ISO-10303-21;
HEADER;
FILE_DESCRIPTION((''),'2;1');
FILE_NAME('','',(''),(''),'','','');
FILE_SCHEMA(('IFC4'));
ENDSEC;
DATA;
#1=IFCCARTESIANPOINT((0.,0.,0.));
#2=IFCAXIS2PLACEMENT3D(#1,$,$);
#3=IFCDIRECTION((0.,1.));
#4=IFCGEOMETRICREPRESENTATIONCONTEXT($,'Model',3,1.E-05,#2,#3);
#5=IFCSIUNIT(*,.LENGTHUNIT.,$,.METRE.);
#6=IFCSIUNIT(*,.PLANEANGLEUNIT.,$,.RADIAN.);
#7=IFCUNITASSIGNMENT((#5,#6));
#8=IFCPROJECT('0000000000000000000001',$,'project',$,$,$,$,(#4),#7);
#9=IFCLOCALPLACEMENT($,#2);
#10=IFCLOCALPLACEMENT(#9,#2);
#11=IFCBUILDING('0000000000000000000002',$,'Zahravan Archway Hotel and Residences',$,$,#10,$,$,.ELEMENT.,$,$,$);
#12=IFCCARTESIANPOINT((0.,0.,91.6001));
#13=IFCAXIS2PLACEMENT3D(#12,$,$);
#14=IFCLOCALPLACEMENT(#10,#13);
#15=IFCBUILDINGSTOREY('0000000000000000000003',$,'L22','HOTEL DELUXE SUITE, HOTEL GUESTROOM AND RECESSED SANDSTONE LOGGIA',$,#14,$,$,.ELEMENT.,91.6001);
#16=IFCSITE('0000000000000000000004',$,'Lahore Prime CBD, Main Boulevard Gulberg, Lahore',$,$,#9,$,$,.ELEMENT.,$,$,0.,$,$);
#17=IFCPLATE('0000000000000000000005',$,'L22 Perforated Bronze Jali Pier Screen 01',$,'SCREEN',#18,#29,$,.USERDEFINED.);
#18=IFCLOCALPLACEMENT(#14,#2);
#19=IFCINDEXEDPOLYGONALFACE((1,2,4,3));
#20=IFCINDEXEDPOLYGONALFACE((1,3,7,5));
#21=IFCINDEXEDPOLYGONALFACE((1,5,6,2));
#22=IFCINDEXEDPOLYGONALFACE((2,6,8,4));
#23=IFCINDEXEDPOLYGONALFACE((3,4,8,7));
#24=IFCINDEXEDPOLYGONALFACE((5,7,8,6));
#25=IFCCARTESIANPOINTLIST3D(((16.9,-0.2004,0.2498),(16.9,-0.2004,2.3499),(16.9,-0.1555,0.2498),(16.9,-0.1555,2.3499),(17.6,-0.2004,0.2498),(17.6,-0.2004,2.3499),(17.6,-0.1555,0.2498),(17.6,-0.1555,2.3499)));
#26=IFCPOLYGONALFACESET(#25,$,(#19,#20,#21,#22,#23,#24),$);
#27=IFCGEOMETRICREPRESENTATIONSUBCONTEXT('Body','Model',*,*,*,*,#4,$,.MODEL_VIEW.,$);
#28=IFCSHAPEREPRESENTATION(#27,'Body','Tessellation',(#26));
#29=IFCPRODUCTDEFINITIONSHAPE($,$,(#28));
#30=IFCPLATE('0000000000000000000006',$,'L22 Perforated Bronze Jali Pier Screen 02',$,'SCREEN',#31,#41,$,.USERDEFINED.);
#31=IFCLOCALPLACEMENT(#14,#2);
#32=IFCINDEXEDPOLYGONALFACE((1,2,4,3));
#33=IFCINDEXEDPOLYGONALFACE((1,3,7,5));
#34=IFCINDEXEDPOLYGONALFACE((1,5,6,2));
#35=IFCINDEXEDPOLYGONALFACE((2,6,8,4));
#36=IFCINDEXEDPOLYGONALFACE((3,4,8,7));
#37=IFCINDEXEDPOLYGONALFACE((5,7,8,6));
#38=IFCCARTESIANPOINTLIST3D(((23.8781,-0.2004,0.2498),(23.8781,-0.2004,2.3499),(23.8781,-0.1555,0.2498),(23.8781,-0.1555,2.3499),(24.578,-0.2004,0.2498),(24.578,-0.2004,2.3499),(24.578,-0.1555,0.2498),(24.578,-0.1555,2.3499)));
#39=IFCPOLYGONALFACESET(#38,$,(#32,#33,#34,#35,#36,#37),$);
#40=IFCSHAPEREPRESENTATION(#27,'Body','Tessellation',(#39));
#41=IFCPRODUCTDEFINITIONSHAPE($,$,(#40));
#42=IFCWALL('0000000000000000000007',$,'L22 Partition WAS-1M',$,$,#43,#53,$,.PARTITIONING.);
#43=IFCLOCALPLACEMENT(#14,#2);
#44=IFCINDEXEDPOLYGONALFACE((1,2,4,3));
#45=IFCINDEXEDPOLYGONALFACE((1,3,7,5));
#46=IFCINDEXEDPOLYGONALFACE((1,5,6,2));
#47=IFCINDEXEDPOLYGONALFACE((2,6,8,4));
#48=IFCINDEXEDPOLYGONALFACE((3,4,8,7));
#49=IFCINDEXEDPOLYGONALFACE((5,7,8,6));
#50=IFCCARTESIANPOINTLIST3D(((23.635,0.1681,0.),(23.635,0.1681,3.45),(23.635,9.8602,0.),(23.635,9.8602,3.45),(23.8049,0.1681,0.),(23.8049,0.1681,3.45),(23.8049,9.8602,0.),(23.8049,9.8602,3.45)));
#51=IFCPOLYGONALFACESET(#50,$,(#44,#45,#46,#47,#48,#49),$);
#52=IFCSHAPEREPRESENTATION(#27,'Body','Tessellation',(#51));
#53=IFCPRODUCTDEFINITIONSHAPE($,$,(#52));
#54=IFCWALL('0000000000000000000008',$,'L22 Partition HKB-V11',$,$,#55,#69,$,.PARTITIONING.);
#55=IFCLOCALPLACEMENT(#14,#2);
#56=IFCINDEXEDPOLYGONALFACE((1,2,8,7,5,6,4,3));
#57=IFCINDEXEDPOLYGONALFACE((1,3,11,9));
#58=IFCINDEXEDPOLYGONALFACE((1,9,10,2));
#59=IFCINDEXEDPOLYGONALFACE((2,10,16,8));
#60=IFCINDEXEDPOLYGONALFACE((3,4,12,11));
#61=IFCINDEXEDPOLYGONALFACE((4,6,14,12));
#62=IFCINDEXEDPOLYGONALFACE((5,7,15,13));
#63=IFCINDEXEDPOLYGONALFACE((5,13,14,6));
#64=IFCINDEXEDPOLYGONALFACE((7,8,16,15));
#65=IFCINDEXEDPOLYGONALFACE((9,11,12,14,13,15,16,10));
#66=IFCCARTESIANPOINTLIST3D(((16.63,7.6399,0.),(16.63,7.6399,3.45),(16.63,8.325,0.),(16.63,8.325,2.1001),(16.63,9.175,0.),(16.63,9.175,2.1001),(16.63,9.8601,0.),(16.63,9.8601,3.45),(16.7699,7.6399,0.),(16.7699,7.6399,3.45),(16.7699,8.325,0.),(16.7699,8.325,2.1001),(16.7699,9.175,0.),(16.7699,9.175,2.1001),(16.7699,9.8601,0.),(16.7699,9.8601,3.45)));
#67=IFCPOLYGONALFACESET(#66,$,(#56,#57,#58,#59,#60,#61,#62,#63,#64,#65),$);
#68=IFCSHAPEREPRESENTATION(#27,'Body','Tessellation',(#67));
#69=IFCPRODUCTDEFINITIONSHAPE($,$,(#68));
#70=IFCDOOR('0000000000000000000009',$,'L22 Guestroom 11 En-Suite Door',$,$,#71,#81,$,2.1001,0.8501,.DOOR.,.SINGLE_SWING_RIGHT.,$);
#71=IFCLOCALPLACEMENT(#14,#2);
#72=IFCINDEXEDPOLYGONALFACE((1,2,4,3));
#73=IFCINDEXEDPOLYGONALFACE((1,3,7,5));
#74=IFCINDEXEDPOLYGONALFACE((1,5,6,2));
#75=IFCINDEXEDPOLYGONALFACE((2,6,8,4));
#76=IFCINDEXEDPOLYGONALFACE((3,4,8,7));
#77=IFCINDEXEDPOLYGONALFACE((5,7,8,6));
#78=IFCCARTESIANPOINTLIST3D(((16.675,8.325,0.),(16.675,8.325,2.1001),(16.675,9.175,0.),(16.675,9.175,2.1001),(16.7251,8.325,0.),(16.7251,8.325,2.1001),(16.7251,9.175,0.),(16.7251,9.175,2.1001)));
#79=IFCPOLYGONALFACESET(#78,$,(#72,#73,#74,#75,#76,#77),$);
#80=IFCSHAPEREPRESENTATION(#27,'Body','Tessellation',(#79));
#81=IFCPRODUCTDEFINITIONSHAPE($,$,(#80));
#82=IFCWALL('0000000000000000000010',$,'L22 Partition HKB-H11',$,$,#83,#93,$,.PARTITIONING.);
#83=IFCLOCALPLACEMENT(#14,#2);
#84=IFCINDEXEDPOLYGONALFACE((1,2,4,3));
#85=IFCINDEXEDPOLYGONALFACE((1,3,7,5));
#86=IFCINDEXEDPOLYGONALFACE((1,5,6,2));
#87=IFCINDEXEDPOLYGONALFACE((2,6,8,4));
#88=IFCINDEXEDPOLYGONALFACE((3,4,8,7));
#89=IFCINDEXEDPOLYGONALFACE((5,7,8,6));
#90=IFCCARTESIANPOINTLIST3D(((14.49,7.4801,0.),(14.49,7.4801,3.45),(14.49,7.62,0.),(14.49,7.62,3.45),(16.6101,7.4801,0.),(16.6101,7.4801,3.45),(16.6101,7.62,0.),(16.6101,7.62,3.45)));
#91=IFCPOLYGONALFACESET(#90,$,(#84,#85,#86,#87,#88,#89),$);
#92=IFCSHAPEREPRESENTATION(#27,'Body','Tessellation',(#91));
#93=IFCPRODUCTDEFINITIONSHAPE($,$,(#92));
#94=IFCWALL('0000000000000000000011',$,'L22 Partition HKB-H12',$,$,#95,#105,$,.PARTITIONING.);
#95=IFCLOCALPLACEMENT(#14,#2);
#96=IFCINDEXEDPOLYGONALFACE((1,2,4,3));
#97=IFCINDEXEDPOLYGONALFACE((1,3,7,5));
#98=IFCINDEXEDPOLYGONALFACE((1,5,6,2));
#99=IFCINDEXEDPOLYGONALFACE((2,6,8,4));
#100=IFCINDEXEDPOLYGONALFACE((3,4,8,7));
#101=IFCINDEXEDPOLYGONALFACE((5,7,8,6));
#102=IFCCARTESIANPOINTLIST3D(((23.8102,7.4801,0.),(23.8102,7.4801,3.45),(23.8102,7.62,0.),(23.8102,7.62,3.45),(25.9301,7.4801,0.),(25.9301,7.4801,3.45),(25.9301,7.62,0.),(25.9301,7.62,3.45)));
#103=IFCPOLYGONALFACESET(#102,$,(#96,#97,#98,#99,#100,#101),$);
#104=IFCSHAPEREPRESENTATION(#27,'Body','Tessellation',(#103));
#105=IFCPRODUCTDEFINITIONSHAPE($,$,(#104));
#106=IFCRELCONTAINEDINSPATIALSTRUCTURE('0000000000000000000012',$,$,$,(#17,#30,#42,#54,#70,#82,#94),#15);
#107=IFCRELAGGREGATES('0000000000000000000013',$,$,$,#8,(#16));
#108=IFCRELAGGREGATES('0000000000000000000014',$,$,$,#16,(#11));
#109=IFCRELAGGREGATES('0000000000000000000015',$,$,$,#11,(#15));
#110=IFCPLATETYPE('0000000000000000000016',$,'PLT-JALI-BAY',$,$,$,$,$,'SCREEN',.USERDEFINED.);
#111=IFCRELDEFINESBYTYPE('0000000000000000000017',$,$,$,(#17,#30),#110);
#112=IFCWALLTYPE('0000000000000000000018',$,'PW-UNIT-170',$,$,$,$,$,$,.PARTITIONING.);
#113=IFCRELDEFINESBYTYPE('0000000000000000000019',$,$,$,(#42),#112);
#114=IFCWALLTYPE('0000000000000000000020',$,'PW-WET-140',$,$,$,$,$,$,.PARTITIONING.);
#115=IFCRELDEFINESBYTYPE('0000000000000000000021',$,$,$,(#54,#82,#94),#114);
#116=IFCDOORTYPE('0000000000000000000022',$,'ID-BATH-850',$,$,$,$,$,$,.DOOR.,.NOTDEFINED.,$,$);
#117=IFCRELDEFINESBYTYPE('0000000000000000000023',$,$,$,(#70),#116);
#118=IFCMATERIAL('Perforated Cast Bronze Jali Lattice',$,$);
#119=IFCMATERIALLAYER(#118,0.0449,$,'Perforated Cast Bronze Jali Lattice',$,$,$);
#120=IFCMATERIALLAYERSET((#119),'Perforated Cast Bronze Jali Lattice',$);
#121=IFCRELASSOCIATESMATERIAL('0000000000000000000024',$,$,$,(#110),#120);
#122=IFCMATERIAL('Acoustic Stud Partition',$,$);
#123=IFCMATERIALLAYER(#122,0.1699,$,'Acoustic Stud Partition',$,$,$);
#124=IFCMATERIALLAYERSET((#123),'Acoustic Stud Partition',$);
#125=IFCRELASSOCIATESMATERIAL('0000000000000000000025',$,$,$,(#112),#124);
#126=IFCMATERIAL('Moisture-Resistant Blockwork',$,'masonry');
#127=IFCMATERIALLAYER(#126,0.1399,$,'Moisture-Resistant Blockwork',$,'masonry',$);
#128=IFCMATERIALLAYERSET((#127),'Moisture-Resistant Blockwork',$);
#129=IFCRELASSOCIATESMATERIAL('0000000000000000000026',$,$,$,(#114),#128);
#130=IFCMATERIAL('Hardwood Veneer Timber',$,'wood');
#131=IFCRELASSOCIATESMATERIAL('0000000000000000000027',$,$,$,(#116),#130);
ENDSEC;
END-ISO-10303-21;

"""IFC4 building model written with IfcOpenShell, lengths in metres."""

from ifc_helpers import new_model, si_unit, direction, frame, frame_2d, origin, origin_2d, place, context, subcontext, project, spatial, rectangle, extrude, source, transform, mapped, material, layer, layer_set, type_object, type_shapes, element, fill, save


model = new_model("IFC4")

# Units and contexts
model_context = context("Model", 3, precision=1e-05, world=origin(), true_north=direction((0.0, 1.0)))
body_context = subcontext(model_context, "Body", "Model", "MODEL_VIEW")
ifc_project = project(units=[si_unit("LENGTHUNIT", "METRE"), si_unit("PLANEANGLEUNIT", "RADIAN")], contexts=[model_context])

# Site, building, storey
site_placement = place(None, origin())
site = spatial("IfcSite", under=ifc_project, at=site_placement, Name="Lahore Prime CBD, Main Boulevard Gulberg, Lahore", CompositionType="ELEMENT", RefElevation=0.0)
building_placement = place(site_placement, origin())
building = spatial("IfcBuilding", under=site, at=building_placement, Name="Zahravan Archway Hotel and Residences", CompositionType="ELEMENT")
storey_placement = place(building_placement, frame((0.0, 0.0, 91.6001)))
storey = spatial("IfcBuildingStorey", under=building, at=storey_placement, Name="L22", Description="HOTEL DELUXE SUITE, HOTEL GUESTROOM AND RECESSED SANDSTONE LOGGIA", CompositionType="ELEMENT", Elevation=91.6001)

# Plates
ifc_material_1 = material(Name="Perforated Cast Bronze Jali Lattice")
ifc_layer_1 = layer(ifc_material_1, 0.0449, Name="Perforated Cast Bronze Jali Lattice")
ifc_layer_set_1 = layer_set([ifc_layer_1], Name="Perforated Cast Bronze Jali Lattice")
plate_type = type_object("IfcPlateType", Name="PLT-JALI-BAY", ElementType="SCREEN", PredefinedType="USERDEFINED", material=ifc_layer_set_1)
shared_shape_1 = source(origin(), body_context, "Body", "SweptSolid", [
    extrude(rectangle(XDim=0.7, YDim=0.0449, at=origin_2d()), origin(), (0.0, 0.0, 1.0), 2.1001),
])
type_shapes(plate_type, [shared_shape_1])
for number, where, z_axis, x_axis, name in (
    (1, (17.25, -0.178, 0.2498), (0.0, 0.0, 1.0), (1.0, 0.0, 0.0), "L22 Perforated Bronze Jali Pier Screen 01"),
    (2, (24.228, -0.178, 0.2498), (0.0, 0.0, 1.0), (1.0, 0.0, 0.0), "L22 Perforated Bronze Jali Pier Screen 02"),
):
    element("IfcPlate", number, at=place(storey_placement, frame(where, z_axis=z_axis, x_axis=x_axis)), inside=storey, type_object=plate_type, Name=name, ObjectType="SCREEN", PredefinedType="USERDEFINED", context=body_context, shape_type="MappedRepresentation", body=[
        mapped(shared_shape_1, transform((0.0, 0.0, 0.0), scale=1.0)),
    ])

# Wall
ifc_material_2 = material(Name="Acoustic Stud Partition")
ifc_layer_2 = layer(ifc_material_2, 0.1699, Name="Acoustic Stud Partition")
ifc_layer_set_2 = layer_set([ifc_layer_2], Name="Acoustic Stud Partition")
wall_type_1 = type_object("IfcWallType", Name="PW-UNIT-170", PredefinedType="PARTITIONING", material=ifc_layer_set_2)
wall_1_placement = place(storey_placement, frame((23.72, 0.168, 0.0), z_axis=(0.0, 0.0, 1.0), x_axis=(0.0, 1.0, 0.0)))
element("IfcWall", 3, at=wall_1_placement, inside=storey, type_object=wall_type_1, Name="L22 Partition WAS-1M", PredefinedType="PARTITIONING", context=body_context, shape_type="SweptSolid", body=[
    extrude(rectangle(XDim=9.6921, YDim=0.1699, at=frame_2d((4.8462, 0.0))), origin(), (0.0, 0.0, 1.0), 3.45),
])

# Wall, opening, door
ifc_material_3 = material(Name="Moisture-Resistant Blockwork", Category="masonry")
ifc_layer_3 = layer(ifc_material_3, 0.1399, Name="Moisture-Resistant Blockwork", Category="masonry")
ifc_layer_set_3 = layer_set([ifc_layer_3], Name="Moisture-Resistant Blockwork")
wall_type_2 = type_object("IfcWallType", Name="PW-WET-140", PredefinedType="PARTITIONING", material=ifc_layer_set_3)
wall_2_placement = place(storey_placement, frame((16.7, 7.6399, 0.0), z_axis=(0.0, 0.0, 1.0), x_axis=(0.0, 1.0, 0.0)))
wall_2 = element("IfcWall", 4, at=wall_2_placement, inside=storey, type_object=wall_type_2, Name="L22 Partition HKB-V11", PredefinedType="PARTITIONING", context=body_context, shape_type="SweptSolid", body=[
    extrude(rectangle(XDim=2.2202, YDim=0.1399, at=frame_2d((1.1101, 0.0))), origin(), (0.0, 0.0, 1.0), 3.45),
])
opening_placement = place(wall_2_placement, frame((0.6851, 0.0, 0.0)))
opening = element("IfcOpeningElement", 5, at=opening_placement, cuts=wall_2, PredefinedType="OPENING", context=body_context, shape_type="SweptSolid", body=[
    extrude(rectangle(XDim=0.8501, YDim=2.1001, at=frame_2d((0.425, 1.05))), frame((0.0, 0.0801, 0.0), z_axis=(0.0, -1.0, 0.0), x_axis=(1.0, 0.0, 0.0)), (0.0, 0.0, 1.0), 0.1599),
])
ifc_material_4 = material(Name="Hardwood Veneer Timber", Category="wood")
door_type = type_object("IfcDoorType", Name="ID-BATH-850", OperationType="NOTDEFINED", PredefinedType="DOOR", material=ifc_material_4)
shared_shape_2 = source(origin(), body_context, "Body", "SweptSolid", [
    extrude(rectangle(XDim=0.8501, YDim=2.1001, at=frame_2d((0.425, 1.05))), frame((0.0, 0.0249, 0.0), z_axis=(0.0, -1.0, 0.0), x_axis=(1.0, 0.0, 0.0)), (0.0, 0.0, 1.0), 0.05),
])
type_shapes(door_type, [shared_shape_2])
door_placement = place(opening_placement, origin())
door = element("IfcDoor", 6, at=door_placement, inside=storey, type_object=door_type, Name="L22 Guestroom 11 En-Suite Door", OperationType="SINGLE_SWING_RIGHT", OverallHeight=2.1001, OverallWidth=0.8501, PredefinedType="DOOR", context=body_context, shape_type="MappedRepresentation", body=[
    mapped(shared_shape_2, transform((0.0, 0.0, 0.0), scale=1.0)),
])
fill(opening, door)

# Walls
wall_3_placement = place(storey_placement, frame((14.49, 7.55, 0.0), z_axis=(0.0, 0.0, 1.0), x_axis=(1.0, 0.0, 0.0)))
element("IfcWall", 7, at=wall_3_placement, inside=storey, type_object=wall_type_2, Name="L22 Partition HKB-H11", PredefinedType="PARTITIONING", context=body_context, shape_type="SweptSolid", body=[
    extrude(rectangle(XDim=2.1201, YDim=0.1399, at=frame_2d((1.0601, 0.0))), origin(), (0.0, 0.0, 1.0), 3.45),
])
wall_4_placement = place(storey_placement, frame((23.8101, 7.55, 0.0), z_axis=(0.0, 0.0, 1.0), x_axis=(1.0, 0.0, 0.0)))
element("IfcWall", 8, at=wall_4_placement, inside=storey, type_object=wall_type_2, Name="L22 Partition HKB-H12", PredefinedType="PARTITIONING", context=body_context, shape_type="SweptSolid", body=[
    extrude(rectangle(XDim=2.1199, YDim=0.1399, at=frame_2d((1.0601, 0.0))), origin(), (0.0, 0.0, 1.0), 3.45),
])

save(model, "model.ifc")
